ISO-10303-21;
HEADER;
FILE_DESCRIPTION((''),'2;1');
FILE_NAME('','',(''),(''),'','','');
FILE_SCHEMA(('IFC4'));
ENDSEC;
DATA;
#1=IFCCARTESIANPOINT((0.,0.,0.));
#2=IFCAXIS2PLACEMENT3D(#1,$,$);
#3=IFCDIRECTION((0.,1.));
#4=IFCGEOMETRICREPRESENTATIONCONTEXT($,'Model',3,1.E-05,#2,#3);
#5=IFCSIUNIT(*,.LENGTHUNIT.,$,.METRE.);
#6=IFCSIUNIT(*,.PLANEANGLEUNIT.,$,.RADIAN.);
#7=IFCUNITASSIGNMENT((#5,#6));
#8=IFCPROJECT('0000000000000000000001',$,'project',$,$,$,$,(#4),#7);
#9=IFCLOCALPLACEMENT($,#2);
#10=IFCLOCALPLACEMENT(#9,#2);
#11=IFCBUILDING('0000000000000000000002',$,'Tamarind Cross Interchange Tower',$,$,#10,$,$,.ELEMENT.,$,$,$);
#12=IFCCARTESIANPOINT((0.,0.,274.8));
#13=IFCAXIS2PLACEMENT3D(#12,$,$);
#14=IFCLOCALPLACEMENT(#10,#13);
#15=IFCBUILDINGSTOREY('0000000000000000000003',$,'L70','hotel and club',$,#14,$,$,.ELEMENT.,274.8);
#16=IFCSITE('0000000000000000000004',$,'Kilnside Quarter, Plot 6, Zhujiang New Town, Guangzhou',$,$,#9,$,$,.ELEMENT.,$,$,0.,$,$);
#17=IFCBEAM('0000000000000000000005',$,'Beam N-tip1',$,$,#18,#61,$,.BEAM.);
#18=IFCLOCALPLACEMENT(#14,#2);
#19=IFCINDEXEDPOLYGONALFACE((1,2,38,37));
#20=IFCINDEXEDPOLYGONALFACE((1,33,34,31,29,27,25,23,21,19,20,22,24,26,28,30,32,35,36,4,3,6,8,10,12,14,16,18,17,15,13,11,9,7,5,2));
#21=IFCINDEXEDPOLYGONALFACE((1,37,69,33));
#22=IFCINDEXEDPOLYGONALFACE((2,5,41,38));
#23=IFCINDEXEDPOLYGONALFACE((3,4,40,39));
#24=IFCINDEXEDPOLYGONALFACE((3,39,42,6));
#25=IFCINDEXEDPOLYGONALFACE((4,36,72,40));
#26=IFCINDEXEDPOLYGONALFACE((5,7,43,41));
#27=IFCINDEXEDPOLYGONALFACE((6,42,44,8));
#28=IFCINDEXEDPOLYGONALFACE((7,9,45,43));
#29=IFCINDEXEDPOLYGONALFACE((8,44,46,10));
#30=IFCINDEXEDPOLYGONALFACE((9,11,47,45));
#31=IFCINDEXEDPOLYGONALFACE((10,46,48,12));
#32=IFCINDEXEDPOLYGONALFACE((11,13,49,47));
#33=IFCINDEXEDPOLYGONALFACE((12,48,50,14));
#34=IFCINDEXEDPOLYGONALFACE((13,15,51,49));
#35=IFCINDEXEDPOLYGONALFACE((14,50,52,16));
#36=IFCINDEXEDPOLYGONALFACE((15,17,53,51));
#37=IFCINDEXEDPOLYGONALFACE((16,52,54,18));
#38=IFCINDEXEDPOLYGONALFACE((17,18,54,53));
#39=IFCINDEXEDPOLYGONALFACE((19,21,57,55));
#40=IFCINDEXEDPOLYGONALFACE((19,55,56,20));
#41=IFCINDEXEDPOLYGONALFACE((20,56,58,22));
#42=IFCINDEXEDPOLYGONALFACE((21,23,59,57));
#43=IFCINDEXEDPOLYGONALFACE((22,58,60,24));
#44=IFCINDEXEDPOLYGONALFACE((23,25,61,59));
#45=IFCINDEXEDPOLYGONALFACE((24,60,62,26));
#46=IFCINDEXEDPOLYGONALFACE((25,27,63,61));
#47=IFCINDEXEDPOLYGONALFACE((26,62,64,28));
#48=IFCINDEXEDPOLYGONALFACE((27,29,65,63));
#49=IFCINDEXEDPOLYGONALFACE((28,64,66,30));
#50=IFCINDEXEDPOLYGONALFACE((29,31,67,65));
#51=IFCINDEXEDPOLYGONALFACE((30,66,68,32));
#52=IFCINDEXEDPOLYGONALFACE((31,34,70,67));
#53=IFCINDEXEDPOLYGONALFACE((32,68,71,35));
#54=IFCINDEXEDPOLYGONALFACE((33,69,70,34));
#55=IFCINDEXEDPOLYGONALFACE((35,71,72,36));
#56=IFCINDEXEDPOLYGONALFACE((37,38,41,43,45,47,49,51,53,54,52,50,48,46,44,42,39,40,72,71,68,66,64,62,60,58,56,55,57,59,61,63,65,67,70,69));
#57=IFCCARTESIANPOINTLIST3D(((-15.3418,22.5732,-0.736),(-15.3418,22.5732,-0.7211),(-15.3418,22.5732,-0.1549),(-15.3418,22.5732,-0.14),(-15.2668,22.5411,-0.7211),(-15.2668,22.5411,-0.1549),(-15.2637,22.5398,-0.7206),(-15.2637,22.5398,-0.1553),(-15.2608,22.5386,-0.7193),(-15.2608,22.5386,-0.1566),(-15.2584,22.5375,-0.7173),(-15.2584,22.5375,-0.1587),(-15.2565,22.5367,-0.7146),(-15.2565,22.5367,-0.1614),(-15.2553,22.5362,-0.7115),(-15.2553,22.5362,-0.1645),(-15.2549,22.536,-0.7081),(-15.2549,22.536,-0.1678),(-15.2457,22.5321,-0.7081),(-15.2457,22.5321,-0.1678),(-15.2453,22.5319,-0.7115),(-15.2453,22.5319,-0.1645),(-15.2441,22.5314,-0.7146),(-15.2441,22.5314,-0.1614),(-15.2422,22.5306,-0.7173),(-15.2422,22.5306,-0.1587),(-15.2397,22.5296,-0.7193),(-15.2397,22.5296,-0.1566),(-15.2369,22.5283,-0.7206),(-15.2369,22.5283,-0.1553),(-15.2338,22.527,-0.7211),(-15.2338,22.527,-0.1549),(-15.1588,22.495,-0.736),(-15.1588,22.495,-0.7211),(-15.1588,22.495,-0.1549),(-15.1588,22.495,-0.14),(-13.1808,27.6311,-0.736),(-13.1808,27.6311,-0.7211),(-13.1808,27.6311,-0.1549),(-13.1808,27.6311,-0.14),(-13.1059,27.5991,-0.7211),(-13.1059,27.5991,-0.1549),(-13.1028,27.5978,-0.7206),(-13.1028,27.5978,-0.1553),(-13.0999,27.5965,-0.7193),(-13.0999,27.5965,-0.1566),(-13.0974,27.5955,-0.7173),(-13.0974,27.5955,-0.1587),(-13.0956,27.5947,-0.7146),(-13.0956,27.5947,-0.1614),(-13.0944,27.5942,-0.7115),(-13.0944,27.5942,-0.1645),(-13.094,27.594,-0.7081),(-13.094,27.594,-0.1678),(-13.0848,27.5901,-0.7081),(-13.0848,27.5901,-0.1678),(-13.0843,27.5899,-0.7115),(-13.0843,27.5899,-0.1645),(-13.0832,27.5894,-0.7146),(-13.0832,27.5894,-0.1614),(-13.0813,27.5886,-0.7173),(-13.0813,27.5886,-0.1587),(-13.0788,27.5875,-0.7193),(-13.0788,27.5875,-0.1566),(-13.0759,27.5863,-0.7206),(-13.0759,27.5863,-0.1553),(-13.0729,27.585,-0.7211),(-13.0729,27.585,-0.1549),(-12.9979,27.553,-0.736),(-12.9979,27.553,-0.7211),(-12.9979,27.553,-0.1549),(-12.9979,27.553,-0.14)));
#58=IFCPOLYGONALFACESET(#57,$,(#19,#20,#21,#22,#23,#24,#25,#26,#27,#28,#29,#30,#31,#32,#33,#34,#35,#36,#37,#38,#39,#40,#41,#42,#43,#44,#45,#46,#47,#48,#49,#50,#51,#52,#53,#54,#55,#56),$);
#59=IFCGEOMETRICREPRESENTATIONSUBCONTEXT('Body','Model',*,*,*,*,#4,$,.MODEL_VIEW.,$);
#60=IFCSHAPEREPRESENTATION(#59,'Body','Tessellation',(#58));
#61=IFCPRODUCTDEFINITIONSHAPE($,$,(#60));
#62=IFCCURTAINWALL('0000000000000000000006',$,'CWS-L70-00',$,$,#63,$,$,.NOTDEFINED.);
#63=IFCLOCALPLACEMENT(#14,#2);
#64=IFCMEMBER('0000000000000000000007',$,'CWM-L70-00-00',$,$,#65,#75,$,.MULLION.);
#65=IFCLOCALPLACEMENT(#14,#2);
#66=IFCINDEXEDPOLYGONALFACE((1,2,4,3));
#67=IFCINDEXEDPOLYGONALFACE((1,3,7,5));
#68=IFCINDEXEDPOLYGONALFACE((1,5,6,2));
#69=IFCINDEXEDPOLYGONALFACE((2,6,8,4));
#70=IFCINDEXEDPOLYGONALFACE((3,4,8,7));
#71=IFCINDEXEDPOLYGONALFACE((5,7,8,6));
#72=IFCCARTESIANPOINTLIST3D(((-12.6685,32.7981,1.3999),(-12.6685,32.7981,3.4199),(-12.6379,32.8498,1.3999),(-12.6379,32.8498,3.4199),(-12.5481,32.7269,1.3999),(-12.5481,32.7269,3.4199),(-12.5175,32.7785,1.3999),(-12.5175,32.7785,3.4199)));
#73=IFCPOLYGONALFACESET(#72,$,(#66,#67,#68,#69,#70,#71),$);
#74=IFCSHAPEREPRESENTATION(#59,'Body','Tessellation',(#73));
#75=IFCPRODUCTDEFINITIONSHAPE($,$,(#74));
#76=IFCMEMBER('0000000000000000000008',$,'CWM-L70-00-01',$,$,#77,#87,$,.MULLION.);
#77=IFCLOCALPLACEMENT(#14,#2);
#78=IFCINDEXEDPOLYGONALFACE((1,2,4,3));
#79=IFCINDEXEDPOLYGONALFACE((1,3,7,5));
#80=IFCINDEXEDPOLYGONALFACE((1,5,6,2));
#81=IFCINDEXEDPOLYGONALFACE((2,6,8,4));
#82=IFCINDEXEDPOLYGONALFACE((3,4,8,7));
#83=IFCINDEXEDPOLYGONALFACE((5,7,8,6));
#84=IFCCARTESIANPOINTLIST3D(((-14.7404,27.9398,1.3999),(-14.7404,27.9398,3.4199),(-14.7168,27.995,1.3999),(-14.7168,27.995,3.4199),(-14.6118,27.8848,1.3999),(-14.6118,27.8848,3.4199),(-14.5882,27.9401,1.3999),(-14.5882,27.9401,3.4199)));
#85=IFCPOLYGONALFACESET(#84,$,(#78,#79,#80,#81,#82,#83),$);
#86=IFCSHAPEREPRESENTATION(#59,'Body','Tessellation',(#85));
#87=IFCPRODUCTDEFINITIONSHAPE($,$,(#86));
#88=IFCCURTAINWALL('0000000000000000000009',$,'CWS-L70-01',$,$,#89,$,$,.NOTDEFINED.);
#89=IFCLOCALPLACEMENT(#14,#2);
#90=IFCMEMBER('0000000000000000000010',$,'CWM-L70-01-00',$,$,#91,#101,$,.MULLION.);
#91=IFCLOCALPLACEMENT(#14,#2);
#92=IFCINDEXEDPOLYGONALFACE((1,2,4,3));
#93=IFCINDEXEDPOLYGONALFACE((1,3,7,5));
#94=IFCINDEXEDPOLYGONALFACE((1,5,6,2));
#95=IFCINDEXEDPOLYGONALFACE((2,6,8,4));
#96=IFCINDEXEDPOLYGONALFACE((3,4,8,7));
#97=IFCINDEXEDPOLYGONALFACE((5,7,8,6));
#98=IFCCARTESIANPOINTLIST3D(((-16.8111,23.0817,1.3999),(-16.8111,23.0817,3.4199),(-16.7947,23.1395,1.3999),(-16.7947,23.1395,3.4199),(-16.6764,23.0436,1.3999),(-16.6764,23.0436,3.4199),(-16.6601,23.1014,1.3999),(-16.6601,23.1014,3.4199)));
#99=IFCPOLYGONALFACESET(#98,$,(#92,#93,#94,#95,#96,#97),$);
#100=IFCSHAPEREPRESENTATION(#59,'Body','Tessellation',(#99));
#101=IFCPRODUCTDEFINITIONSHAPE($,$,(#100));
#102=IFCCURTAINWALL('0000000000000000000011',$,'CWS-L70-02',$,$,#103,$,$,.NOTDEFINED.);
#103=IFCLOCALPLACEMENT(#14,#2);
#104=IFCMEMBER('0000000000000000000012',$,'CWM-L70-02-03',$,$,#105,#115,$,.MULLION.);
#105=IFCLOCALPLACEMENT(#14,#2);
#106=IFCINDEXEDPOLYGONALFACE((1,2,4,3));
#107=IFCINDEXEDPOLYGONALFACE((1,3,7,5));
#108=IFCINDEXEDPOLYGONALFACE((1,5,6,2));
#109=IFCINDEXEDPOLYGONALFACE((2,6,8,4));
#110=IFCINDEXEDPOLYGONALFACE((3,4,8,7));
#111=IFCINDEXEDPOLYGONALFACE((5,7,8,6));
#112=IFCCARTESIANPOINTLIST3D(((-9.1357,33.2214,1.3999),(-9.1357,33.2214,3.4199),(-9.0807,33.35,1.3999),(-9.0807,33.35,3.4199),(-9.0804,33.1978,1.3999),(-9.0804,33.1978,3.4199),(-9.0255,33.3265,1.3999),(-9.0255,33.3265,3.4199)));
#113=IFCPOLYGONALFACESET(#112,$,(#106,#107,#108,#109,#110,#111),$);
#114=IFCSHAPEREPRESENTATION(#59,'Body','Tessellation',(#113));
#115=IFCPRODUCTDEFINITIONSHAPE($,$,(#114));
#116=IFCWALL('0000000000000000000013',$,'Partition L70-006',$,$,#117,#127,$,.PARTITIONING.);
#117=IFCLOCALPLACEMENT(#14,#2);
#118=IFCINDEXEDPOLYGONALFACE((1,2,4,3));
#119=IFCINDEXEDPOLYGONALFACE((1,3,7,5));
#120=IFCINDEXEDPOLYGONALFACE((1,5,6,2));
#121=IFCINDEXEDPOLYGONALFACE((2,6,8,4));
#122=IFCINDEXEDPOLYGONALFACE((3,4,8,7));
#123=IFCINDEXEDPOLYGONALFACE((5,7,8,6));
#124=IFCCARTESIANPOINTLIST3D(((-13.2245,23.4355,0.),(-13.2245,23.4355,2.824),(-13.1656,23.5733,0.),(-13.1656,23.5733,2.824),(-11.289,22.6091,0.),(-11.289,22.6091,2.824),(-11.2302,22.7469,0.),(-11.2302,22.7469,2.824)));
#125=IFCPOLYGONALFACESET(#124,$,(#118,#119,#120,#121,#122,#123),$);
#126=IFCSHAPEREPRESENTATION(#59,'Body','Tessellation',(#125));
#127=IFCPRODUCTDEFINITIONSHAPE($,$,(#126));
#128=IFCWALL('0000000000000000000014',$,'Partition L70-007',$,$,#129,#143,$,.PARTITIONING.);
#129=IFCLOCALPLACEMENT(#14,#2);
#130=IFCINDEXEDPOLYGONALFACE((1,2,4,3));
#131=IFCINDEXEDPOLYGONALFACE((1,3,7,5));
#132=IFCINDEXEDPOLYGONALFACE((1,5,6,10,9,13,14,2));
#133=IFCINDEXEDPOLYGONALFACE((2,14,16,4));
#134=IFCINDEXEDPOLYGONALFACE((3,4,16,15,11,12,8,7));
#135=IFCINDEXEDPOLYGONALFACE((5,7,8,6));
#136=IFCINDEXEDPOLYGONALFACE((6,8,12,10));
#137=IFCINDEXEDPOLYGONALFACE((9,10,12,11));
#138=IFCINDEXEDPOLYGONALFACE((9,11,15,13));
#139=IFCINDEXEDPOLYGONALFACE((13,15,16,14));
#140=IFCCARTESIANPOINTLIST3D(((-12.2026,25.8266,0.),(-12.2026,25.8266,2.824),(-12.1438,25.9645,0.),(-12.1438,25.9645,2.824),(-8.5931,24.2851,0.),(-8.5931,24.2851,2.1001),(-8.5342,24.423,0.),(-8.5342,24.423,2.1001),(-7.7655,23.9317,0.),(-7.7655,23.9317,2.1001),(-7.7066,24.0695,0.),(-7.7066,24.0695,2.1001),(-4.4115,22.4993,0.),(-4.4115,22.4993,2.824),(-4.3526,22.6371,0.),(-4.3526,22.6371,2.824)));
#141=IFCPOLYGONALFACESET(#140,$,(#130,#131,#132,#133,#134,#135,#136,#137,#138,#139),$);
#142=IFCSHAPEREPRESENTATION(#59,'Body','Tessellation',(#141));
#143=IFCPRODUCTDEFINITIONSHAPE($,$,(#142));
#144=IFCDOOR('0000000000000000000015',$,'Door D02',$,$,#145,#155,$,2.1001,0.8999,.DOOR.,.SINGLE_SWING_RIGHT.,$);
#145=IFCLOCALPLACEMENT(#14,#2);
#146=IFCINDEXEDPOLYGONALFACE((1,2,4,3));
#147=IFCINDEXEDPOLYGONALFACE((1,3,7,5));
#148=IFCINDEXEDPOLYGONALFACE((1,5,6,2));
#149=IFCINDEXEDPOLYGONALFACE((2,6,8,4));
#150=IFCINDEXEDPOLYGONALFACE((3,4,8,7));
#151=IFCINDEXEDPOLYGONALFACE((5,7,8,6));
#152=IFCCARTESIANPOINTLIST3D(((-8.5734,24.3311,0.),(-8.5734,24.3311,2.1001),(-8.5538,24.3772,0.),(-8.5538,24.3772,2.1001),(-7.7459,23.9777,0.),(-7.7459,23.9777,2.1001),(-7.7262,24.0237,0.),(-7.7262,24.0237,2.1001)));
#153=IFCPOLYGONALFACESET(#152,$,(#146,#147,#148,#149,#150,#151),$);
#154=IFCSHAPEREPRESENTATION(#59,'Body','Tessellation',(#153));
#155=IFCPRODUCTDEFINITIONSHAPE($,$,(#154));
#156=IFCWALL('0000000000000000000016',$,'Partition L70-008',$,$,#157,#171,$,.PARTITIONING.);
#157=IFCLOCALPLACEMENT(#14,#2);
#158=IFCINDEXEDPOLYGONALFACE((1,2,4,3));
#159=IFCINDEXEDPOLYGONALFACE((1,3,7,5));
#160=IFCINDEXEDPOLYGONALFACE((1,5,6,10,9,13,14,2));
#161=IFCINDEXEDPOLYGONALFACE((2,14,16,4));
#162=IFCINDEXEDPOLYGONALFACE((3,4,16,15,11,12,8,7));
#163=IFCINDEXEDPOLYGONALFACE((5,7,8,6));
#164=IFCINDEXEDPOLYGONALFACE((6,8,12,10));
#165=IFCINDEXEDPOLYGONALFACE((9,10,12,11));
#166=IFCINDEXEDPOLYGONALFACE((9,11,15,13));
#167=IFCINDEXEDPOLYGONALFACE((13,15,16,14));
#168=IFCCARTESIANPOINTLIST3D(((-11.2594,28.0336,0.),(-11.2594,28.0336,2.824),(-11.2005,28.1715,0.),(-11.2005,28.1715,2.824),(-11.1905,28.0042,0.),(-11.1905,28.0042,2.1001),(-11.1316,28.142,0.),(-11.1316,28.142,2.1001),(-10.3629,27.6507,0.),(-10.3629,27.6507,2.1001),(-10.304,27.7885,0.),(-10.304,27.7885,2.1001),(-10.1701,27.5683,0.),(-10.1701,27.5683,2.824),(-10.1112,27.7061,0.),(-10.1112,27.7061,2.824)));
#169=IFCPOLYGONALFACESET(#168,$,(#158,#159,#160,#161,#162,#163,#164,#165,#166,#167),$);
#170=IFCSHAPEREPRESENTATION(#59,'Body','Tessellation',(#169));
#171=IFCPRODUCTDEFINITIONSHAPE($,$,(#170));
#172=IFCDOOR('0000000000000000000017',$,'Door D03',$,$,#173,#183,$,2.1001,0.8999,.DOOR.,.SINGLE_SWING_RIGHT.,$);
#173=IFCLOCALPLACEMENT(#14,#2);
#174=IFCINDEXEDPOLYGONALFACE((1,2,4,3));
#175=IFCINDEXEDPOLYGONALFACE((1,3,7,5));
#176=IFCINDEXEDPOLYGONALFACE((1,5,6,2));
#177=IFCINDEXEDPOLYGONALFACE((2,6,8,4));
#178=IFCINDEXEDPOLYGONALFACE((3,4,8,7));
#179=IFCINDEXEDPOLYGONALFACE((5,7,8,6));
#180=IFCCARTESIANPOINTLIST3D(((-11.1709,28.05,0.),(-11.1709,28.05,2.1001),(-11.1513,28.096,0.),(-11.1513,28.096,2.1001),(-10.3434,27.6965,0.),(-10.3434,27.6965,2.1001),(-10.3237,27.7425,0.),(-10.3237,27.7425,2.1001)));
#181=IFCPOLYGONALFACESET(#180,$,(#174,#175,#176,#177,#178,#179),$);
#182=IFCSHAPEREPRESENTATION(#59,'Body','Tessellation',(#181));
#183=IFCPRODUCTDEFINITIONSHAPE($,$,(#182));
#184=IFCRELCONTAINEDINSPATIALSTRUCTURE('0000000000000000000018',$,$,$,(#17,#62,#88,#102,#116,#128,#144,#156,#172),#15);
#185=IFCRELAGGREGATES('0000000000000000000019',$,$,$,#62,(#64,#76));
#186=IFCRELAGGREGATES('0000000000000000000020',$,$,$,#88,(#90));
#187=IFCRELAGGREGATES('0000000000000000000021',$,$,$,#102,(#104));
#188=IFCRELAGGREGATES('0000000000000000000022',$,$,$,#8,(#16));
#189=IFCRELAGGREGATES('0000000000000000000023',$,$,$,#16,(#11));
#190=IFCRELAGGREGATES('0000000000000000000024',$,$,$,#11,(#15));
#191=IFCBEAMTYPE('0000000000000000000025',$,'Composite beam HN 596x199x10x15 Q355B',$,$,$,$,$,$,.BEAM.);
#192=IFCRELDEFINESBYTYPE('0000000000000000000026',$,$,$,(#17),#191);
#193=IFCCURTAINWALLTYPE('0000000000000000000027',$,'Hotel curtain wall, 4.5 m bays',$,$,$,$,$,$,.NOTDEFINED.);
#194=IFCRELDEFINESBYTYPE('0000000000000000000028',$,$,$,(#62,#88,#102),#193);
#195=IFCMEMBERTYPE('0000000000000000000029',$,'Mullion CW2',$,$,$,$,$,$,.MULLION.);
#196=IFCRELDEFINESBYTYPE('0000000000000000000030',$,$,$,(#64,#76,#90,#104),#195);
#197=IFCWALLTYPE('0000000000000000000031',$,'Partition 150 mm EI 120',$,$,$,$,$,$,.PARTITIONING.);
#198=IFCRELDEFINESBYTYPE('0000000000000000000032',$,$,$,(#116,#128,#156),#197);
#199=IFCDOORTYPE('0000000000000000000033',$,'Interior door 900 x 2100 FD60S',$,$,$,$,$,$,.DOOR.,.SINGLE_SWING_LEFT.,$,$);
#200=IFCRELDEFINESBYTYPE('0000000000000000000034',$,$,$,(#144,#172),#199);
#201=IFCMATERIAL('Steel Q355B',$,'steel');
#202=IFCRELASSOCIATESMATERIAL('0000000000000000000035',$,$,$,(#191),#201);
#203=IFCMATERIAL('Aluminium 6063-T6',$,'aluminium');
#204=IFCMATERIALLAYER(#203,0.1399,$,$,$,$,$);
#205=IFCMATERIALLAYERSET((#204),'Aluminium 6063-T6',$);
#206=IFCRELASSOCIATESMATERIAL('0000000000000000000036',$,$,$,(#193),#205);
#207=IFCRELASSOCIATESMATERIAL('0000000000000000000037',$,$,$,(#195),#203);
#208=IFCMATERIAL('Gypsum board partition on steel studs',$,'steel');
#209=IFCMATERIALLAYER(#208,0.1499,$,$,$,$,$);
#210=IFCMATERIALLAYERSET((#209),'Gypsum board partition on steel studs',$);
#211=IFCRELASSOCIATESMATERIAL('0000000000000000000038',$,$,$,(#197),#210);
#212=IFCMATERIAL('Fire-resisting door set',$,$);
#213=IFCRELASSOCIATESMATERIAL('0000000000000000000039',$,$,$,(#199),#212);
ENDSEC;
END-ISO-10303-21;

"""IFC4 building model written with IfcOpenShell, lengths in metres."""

from ifc_helpers import new_model, si_unit, direction, frame, frame_2d, origin, origin_2d, place, context, subcontext, project, spatial, rectangle, i_section, extrude, material, layer, layer_set, material_profile, profile_set, type_object, element, fill, aggregate, save


model = new_model("IFC4")

# Units and contexts
model_context = context("Model", 3, precision=1e-05, world=origin(), true_north=direction((0.0, 1.0)))
body_context = subcontext(model_context, "Body", "Model", "MODEL_VIEW")
ifc_project = project(units=[si_unit("LENGTHUNIT", "METRE"), si_unit("PLANEANGLEUNIT", "RADIAN")], contexts=[model_context])

# Site, building, storey
site_placement = place(None, origin())
site = spatial("IfcSite", under=ifc_project, at=site_placement, Name="Kilnside Quarter, Plot 6, Zhujiang New Town, Guangzhou", CompositionType="ELEMENT", RefElevation=0.0)
building_placement = place(site_placement, origin())
building = spatial("IfcBuilding", under=site, at=building_placement, Name="Tamarind Cross Interchange Tower", CompositionType="ELEMENT")
storey_placement = place(building_placement, frame((0.0, 0.0, 274.8)))
storey = spatial("IfcBuildingStorey", under=building, at=storey_placement, Name="L70", Description="hotel and club", CompositionType="ELEMENT", Elevation=274.8)

# Beam
ifc_material_1 = material(Name="Steel Q355B", Category="steel")
ifc_material_profile_1 = material_profile(ifc_material_1, i_section(OverallWidth=0.199, OverallDepth=0.5959, WebThickness=0.01, FlangeThickness=0.0149, FilletRadius=0.0129, at=origin_2d()), Name="HN 596x199x10x15")
ifc_profile_set_1 = profile_set([ifc_material_profile_1], Name="Steel Q355B")
beam_type_1 = type_object("IfcBeamType", Name="Composite beam HN 596x199x10x15 Q355B", PredefinedType="BEAM", material=ifc_profile_set_1)
beam_1_placement = place(storey_placement, frame((-13.0894, 27.592, -0.438), z_axis=(-0.39288, -0.91959, 0.0), x_axis=(0.91959, -0.39288, 0.0)))
element("IfcBeam", 1, at=beam_1_placement, inside=storey, type_object=beam_type_1, Name="Beam N-tip1", PredefinedType="BEAM", context=body_context, shape_type="SweptSolid", body=[
    extrude(i_section(OverallWidth=0.199, OverallDepth=0.5959, WebThickness=0.01, FlangeThickness=0.0149, FilletRadius=0.0129, at=origin_2d()), origin(), (0.0, 0.0, 1.0), 5.5002),
])

# Curtain wall, members
ifc_material_2 = material(Name="Aluminium 6063-T6", Category="aluminium")
ifc_layer_1 = layer(ifc_material_2, 0.1399)
ifc_layer_set_1 = layer_set([ifc_layer_1], Name="Aluminium 6063-T6")
curtain_wall_type = type_object("IfcCurtainWallType", Name="Hotel curtain wall, 4.5 m bays", PredefinedType="NOTDEFINED", material=ifc_layer_set_1)
curtain_wall_1_placement = place(storey_placement, origin())
curtain_wall_1 = element("IfcCurtainWall", 2, at=curtain_wall_1_placement, inside=storey, type_object=curtain_wall_type, Name="CWS-L70-00", PredefinedType="NOTDEFINED")
ifc_material_profile_2 = material_profile(ifc_material_2, rectangle(XDim=0.0601, YDim=0.1399, at=origin_2d()), Name="Mullion CW2")
ifc_profile_set_2 = profile_set([ifc_material_profile_2], Name="Aluminium 6063-T6")
member_type = type_object("IfcMemberType", Name="Mullion CW2", PredefinedType="MULLION", material=ifc_profile_set_2)
member_1_placement = place(storey_placement, frame((-12.593, 32.7883, 1.3999), z_axis=(0.0, 0.0, 1.0), x_axis=(-0.509534, -0.86045, 0.0)))
member_1 = element("IfcMember", 3, at=member_1_placement, type_object=member_type, Name="CWM-L70-00-00", PredefinedType="MULLION", context=body_context, shape_type="SweptSolid", body=[
    extrude(rectangle(XDim=0.0601, YDim=0.1399, at=origin_2d()), origin(), (0.0, 0.0, 1.0), 2.02),
])
member_2_placement = place(storey_placement, frame((-14.6643, 27.9399, 1.3999), z_axis=(0.0, 0.0, 1.0), x_axis=(-0.392864, -0.919597, 0.0)))
member_2 = element("IfcMember", 4, at=member_2_placement, type_object=member_type, Name="CWM-L70-00-01", PredefinedType="MULLION", context=body_context, shape_type="SweptSolid", body=[
    extrude(rectangle(XDim=0.0601, YDim=0.1399, at=origin_2d()), origin(), (0.0, 0.0, 1.0), 2.02),
])
aggregate(curtain_wall_1, [member_1, member_2])

# Curtain walls, members
curtain_wall_2_placement = place(storey_placement, origin())
curtain_wall_2 = element("IfcCurtainWall", 5, at=curtain_wall_2_placement, inside=storey, type_object=curtain_wall_type, Name="CWS-L70-01", PredefinedType="NOTDEFINED")
member_3_placement = place(storey_placement, frame((-16.7356, 23.0916, 1.3999), z_axis=(0.0, 0.0, 1.0), x_axis=(-0.271875, -0.962333, 0.0)))
member_3 = element("IfcMember", 6, at=member_3_placement, type_object=member_type, Name="CWM-L70-01-00", PredefinedType="MULLION", context=body_context, shape_type="SweptSolid", body=[
    extrude(rectangle(XDim=0.0601, YDim=0.1399, at=origin_2d()), origin(), (0.0, 0.0, 1.0), 2.02),
])
aggregate(curtain_wall_2, [member_3])
curtain_wall_3_placement = place(storey_placement, origin())
curtain_wall_3 = element("IfcCurtainWall", 7, at=curtain_wall_3_placement, inside=storey, type_object=curtain_wall_type, Name="CWS-L70-02", PredefinedType="NOTDEFINED")
member_4_placement = place(storey_placement, frame((-9.0806, 33.2739, 1.3999), z_axis=(0.0, 0.0, 1.0), x_axis=(-0.919597, 0.392864, 0.0)))
member_4 = element("IfcMember", 8, at=member_4_placement, type_object=member_type, Name="CWM-L70-02-03", PredefinedType="MULLION", context=body_context, shape_type="SweptSolid", body=[
    extrude(rectangle(XDim=0.0601, YDim=0.1399, at=origin_2d()), origin(), (0.0, 0.0, 1.0), 2.02),
])
aggregate(curtain_wall_3, [member_4])

# Wall
ifc_material_3 = material(Name="Gypsum board partition on steel studs", Category="steel")
ifc_layer_2 = layer(ifc_material_3, 0.1499)
ifc_layer_set_2 = layer_set([ifc_layer_2], Name="Gypsum board partition on steel studs")
wall_type = type_object("IfcWallType", Name="Partition 150 mm EI 120", PredefinedType="PARTITIONING", material=ifc_layer_set_2)
wall_1_placement = place(storey_placement, frame((-13.1951, 23.5044, 0.0), z_axis=(0.0, 0.0, 1.0), x_axis=(0.919678, -0.392673, 0.0)))
element("IfcWall", 9, at=wall_1_placement, inside=storey, type_object=wall_type, Name="Partition L70-006", PredefinedType="PARTITIONING", context=body_context, shape_type="SweptSolid", body=[
    extrude(rectangle(XDim=2.1045, YDim=0.1499, at=frame_2d((1.0522, 0.0))), origin(), (0.0, 0.0, 1.0), 2.824),
])

# Walls, openings, doors
wall_2_placement = place(storey_placement, frame((-12.1731, 25.8955, 0.0), z_axis=(0.0, 0.0, 1.0), x_axis=(0.919645, -0.39275, 0.0)))
wall_2 = element("IfcWall", 10, at=wall_2_placement, inside=storey, type_object=wall_type, Name="Partition L70-007", PredefinedType="PARTITIONING", context=body_context, shape_type="SweptSolid", body=[
    extrude(rectangle(XDim=8.4719, YDim=0.1499, at=frame_2d((4.2358, 0.0))), origin(), (0.0, 0.0, 1.0), 2.824),
])
opening_1_placement = place(wall_2_placement, frame((3.9248, 0.0, 0.0)))
opening_1 = element("IfcOpeningElement", 11, at=opening_1_placement, cuts=wall_2, PredefinedType="OPENING", context=body_context, shape_type="SweptSolid", body=[
    extrude(rectangle(XDim=0.8999, YDim=2.1001, at=frame_2d((0.45, 1.05))), frame((0.0, 0.085, 0.0), z_axis=(0.0, -1.0, 0.0), x_axis=(1.0, 0.0, 0.0)), (0.0, 0.0, 1.0), 0.1699),
])
ifc_material_4 = material(Name="Fire-resisting door set")
door_type = type_object("IfcDoorType", Name="Interior door 900 x 2100 FD60S", OperationType="SINGLE_SWING_LEFT", PredefinedType="DOOR", material=ifc_material_4)
door_1_placement = place(opening_1_placement, frame((0.8999, 0.0, 0.0), z_axis=(0.0, 0.0, 1.0), x_axis=(-1.0, 0.0, 0.0)))
door_1 = element("IfcDoor", 12, at=door_1_placement, inside=storey, type_object=door_type, Name="Door D02", OperationType="SINGLE_SWING_RIGHT", OverallHeight=2.1001, OverallWidth=0.8999, PredefinedType="DOOR", context=body_context, shape_type="SweptSolid", body=[
    extrude(rectangle(XDim=0.8999, YDim=2.1001, at=frame_2d((0.45, 1.05))), frame((0.0, 0.0249, 0.0), z_axis=(0.0, -1.0, 0.0), x_axis=(1.0, 0.0, 0.0)), (0.0, 0.0, 1.0), 0.05),
])
fill(opening_1, door_1)
wall_3_placement = place(storey_placement, frame((-11.23, 28.1025, 0.0), z_axis=(0.0, 0.0, 1.0), x_axis=(0.919613, -0.392825, 0.0)))
wall_3 = element("IfcWall", 13, at=wall_3_placement, inside=storey, type_object=wall_type, Name="Partition L70-008", PredefinedType="PARTITIONING", context=body_context, shape_type="SweptSolid", body=[
    extrude(rectangle(XDim=1.1846, YDim=0.1499, at=frame_2d((0.5923, 0.0))), origin(), (0.0, 0.0, 1.0), 2.824),
])
opening_2_placement = place(wall_3_placement, frame((0.075, 0.0, 0.0)))
opening_2 = element("IfcOpeningElement", 14, at=opening_2_placement, cuts=wall_3, PredefinedType="OPENING", context=body_context, shape_type="SweptSolid", body=[
    extrude(rectangle(XDim=0.8999, YDim=2.1001, at=frame_2d((0.45, 1.05))), frame((0.0, 0.085, 0.0), z_axis=(0.0, -1.0, 0.0), x_axis=(1.0, 0.0, 0.0)), (0.0, 0.0, 1.0), 0.1699),
])
door_2_placement = place(opening_2_placement, origin())
door_2 = element("IfcDoor", 15, at=door_2_placement, inside=storey, type_object=door_type, Name="Door D03", OperationType="SINGLE_SWING_RIGHT", OverallHeight=2.1001, OverallWidth=0.8999, PredefinedType="DOOR", context=body_context, shape_type="SweptSolid", body=[
    extrude(rectangle(XDim=0.8999, YDim=2.1001, at=frame_2d((0.45, 1.05))), frame((0.0, 0.0249, 0.0), z_axis=(0.0, -1.0, 0.0), x_axis=(1.0, 0.0, 0.0)), (0.0, 0.0, 1.0), 0.05),
])
fill(opening_2, door_2)

save(model, "model.ifc")
